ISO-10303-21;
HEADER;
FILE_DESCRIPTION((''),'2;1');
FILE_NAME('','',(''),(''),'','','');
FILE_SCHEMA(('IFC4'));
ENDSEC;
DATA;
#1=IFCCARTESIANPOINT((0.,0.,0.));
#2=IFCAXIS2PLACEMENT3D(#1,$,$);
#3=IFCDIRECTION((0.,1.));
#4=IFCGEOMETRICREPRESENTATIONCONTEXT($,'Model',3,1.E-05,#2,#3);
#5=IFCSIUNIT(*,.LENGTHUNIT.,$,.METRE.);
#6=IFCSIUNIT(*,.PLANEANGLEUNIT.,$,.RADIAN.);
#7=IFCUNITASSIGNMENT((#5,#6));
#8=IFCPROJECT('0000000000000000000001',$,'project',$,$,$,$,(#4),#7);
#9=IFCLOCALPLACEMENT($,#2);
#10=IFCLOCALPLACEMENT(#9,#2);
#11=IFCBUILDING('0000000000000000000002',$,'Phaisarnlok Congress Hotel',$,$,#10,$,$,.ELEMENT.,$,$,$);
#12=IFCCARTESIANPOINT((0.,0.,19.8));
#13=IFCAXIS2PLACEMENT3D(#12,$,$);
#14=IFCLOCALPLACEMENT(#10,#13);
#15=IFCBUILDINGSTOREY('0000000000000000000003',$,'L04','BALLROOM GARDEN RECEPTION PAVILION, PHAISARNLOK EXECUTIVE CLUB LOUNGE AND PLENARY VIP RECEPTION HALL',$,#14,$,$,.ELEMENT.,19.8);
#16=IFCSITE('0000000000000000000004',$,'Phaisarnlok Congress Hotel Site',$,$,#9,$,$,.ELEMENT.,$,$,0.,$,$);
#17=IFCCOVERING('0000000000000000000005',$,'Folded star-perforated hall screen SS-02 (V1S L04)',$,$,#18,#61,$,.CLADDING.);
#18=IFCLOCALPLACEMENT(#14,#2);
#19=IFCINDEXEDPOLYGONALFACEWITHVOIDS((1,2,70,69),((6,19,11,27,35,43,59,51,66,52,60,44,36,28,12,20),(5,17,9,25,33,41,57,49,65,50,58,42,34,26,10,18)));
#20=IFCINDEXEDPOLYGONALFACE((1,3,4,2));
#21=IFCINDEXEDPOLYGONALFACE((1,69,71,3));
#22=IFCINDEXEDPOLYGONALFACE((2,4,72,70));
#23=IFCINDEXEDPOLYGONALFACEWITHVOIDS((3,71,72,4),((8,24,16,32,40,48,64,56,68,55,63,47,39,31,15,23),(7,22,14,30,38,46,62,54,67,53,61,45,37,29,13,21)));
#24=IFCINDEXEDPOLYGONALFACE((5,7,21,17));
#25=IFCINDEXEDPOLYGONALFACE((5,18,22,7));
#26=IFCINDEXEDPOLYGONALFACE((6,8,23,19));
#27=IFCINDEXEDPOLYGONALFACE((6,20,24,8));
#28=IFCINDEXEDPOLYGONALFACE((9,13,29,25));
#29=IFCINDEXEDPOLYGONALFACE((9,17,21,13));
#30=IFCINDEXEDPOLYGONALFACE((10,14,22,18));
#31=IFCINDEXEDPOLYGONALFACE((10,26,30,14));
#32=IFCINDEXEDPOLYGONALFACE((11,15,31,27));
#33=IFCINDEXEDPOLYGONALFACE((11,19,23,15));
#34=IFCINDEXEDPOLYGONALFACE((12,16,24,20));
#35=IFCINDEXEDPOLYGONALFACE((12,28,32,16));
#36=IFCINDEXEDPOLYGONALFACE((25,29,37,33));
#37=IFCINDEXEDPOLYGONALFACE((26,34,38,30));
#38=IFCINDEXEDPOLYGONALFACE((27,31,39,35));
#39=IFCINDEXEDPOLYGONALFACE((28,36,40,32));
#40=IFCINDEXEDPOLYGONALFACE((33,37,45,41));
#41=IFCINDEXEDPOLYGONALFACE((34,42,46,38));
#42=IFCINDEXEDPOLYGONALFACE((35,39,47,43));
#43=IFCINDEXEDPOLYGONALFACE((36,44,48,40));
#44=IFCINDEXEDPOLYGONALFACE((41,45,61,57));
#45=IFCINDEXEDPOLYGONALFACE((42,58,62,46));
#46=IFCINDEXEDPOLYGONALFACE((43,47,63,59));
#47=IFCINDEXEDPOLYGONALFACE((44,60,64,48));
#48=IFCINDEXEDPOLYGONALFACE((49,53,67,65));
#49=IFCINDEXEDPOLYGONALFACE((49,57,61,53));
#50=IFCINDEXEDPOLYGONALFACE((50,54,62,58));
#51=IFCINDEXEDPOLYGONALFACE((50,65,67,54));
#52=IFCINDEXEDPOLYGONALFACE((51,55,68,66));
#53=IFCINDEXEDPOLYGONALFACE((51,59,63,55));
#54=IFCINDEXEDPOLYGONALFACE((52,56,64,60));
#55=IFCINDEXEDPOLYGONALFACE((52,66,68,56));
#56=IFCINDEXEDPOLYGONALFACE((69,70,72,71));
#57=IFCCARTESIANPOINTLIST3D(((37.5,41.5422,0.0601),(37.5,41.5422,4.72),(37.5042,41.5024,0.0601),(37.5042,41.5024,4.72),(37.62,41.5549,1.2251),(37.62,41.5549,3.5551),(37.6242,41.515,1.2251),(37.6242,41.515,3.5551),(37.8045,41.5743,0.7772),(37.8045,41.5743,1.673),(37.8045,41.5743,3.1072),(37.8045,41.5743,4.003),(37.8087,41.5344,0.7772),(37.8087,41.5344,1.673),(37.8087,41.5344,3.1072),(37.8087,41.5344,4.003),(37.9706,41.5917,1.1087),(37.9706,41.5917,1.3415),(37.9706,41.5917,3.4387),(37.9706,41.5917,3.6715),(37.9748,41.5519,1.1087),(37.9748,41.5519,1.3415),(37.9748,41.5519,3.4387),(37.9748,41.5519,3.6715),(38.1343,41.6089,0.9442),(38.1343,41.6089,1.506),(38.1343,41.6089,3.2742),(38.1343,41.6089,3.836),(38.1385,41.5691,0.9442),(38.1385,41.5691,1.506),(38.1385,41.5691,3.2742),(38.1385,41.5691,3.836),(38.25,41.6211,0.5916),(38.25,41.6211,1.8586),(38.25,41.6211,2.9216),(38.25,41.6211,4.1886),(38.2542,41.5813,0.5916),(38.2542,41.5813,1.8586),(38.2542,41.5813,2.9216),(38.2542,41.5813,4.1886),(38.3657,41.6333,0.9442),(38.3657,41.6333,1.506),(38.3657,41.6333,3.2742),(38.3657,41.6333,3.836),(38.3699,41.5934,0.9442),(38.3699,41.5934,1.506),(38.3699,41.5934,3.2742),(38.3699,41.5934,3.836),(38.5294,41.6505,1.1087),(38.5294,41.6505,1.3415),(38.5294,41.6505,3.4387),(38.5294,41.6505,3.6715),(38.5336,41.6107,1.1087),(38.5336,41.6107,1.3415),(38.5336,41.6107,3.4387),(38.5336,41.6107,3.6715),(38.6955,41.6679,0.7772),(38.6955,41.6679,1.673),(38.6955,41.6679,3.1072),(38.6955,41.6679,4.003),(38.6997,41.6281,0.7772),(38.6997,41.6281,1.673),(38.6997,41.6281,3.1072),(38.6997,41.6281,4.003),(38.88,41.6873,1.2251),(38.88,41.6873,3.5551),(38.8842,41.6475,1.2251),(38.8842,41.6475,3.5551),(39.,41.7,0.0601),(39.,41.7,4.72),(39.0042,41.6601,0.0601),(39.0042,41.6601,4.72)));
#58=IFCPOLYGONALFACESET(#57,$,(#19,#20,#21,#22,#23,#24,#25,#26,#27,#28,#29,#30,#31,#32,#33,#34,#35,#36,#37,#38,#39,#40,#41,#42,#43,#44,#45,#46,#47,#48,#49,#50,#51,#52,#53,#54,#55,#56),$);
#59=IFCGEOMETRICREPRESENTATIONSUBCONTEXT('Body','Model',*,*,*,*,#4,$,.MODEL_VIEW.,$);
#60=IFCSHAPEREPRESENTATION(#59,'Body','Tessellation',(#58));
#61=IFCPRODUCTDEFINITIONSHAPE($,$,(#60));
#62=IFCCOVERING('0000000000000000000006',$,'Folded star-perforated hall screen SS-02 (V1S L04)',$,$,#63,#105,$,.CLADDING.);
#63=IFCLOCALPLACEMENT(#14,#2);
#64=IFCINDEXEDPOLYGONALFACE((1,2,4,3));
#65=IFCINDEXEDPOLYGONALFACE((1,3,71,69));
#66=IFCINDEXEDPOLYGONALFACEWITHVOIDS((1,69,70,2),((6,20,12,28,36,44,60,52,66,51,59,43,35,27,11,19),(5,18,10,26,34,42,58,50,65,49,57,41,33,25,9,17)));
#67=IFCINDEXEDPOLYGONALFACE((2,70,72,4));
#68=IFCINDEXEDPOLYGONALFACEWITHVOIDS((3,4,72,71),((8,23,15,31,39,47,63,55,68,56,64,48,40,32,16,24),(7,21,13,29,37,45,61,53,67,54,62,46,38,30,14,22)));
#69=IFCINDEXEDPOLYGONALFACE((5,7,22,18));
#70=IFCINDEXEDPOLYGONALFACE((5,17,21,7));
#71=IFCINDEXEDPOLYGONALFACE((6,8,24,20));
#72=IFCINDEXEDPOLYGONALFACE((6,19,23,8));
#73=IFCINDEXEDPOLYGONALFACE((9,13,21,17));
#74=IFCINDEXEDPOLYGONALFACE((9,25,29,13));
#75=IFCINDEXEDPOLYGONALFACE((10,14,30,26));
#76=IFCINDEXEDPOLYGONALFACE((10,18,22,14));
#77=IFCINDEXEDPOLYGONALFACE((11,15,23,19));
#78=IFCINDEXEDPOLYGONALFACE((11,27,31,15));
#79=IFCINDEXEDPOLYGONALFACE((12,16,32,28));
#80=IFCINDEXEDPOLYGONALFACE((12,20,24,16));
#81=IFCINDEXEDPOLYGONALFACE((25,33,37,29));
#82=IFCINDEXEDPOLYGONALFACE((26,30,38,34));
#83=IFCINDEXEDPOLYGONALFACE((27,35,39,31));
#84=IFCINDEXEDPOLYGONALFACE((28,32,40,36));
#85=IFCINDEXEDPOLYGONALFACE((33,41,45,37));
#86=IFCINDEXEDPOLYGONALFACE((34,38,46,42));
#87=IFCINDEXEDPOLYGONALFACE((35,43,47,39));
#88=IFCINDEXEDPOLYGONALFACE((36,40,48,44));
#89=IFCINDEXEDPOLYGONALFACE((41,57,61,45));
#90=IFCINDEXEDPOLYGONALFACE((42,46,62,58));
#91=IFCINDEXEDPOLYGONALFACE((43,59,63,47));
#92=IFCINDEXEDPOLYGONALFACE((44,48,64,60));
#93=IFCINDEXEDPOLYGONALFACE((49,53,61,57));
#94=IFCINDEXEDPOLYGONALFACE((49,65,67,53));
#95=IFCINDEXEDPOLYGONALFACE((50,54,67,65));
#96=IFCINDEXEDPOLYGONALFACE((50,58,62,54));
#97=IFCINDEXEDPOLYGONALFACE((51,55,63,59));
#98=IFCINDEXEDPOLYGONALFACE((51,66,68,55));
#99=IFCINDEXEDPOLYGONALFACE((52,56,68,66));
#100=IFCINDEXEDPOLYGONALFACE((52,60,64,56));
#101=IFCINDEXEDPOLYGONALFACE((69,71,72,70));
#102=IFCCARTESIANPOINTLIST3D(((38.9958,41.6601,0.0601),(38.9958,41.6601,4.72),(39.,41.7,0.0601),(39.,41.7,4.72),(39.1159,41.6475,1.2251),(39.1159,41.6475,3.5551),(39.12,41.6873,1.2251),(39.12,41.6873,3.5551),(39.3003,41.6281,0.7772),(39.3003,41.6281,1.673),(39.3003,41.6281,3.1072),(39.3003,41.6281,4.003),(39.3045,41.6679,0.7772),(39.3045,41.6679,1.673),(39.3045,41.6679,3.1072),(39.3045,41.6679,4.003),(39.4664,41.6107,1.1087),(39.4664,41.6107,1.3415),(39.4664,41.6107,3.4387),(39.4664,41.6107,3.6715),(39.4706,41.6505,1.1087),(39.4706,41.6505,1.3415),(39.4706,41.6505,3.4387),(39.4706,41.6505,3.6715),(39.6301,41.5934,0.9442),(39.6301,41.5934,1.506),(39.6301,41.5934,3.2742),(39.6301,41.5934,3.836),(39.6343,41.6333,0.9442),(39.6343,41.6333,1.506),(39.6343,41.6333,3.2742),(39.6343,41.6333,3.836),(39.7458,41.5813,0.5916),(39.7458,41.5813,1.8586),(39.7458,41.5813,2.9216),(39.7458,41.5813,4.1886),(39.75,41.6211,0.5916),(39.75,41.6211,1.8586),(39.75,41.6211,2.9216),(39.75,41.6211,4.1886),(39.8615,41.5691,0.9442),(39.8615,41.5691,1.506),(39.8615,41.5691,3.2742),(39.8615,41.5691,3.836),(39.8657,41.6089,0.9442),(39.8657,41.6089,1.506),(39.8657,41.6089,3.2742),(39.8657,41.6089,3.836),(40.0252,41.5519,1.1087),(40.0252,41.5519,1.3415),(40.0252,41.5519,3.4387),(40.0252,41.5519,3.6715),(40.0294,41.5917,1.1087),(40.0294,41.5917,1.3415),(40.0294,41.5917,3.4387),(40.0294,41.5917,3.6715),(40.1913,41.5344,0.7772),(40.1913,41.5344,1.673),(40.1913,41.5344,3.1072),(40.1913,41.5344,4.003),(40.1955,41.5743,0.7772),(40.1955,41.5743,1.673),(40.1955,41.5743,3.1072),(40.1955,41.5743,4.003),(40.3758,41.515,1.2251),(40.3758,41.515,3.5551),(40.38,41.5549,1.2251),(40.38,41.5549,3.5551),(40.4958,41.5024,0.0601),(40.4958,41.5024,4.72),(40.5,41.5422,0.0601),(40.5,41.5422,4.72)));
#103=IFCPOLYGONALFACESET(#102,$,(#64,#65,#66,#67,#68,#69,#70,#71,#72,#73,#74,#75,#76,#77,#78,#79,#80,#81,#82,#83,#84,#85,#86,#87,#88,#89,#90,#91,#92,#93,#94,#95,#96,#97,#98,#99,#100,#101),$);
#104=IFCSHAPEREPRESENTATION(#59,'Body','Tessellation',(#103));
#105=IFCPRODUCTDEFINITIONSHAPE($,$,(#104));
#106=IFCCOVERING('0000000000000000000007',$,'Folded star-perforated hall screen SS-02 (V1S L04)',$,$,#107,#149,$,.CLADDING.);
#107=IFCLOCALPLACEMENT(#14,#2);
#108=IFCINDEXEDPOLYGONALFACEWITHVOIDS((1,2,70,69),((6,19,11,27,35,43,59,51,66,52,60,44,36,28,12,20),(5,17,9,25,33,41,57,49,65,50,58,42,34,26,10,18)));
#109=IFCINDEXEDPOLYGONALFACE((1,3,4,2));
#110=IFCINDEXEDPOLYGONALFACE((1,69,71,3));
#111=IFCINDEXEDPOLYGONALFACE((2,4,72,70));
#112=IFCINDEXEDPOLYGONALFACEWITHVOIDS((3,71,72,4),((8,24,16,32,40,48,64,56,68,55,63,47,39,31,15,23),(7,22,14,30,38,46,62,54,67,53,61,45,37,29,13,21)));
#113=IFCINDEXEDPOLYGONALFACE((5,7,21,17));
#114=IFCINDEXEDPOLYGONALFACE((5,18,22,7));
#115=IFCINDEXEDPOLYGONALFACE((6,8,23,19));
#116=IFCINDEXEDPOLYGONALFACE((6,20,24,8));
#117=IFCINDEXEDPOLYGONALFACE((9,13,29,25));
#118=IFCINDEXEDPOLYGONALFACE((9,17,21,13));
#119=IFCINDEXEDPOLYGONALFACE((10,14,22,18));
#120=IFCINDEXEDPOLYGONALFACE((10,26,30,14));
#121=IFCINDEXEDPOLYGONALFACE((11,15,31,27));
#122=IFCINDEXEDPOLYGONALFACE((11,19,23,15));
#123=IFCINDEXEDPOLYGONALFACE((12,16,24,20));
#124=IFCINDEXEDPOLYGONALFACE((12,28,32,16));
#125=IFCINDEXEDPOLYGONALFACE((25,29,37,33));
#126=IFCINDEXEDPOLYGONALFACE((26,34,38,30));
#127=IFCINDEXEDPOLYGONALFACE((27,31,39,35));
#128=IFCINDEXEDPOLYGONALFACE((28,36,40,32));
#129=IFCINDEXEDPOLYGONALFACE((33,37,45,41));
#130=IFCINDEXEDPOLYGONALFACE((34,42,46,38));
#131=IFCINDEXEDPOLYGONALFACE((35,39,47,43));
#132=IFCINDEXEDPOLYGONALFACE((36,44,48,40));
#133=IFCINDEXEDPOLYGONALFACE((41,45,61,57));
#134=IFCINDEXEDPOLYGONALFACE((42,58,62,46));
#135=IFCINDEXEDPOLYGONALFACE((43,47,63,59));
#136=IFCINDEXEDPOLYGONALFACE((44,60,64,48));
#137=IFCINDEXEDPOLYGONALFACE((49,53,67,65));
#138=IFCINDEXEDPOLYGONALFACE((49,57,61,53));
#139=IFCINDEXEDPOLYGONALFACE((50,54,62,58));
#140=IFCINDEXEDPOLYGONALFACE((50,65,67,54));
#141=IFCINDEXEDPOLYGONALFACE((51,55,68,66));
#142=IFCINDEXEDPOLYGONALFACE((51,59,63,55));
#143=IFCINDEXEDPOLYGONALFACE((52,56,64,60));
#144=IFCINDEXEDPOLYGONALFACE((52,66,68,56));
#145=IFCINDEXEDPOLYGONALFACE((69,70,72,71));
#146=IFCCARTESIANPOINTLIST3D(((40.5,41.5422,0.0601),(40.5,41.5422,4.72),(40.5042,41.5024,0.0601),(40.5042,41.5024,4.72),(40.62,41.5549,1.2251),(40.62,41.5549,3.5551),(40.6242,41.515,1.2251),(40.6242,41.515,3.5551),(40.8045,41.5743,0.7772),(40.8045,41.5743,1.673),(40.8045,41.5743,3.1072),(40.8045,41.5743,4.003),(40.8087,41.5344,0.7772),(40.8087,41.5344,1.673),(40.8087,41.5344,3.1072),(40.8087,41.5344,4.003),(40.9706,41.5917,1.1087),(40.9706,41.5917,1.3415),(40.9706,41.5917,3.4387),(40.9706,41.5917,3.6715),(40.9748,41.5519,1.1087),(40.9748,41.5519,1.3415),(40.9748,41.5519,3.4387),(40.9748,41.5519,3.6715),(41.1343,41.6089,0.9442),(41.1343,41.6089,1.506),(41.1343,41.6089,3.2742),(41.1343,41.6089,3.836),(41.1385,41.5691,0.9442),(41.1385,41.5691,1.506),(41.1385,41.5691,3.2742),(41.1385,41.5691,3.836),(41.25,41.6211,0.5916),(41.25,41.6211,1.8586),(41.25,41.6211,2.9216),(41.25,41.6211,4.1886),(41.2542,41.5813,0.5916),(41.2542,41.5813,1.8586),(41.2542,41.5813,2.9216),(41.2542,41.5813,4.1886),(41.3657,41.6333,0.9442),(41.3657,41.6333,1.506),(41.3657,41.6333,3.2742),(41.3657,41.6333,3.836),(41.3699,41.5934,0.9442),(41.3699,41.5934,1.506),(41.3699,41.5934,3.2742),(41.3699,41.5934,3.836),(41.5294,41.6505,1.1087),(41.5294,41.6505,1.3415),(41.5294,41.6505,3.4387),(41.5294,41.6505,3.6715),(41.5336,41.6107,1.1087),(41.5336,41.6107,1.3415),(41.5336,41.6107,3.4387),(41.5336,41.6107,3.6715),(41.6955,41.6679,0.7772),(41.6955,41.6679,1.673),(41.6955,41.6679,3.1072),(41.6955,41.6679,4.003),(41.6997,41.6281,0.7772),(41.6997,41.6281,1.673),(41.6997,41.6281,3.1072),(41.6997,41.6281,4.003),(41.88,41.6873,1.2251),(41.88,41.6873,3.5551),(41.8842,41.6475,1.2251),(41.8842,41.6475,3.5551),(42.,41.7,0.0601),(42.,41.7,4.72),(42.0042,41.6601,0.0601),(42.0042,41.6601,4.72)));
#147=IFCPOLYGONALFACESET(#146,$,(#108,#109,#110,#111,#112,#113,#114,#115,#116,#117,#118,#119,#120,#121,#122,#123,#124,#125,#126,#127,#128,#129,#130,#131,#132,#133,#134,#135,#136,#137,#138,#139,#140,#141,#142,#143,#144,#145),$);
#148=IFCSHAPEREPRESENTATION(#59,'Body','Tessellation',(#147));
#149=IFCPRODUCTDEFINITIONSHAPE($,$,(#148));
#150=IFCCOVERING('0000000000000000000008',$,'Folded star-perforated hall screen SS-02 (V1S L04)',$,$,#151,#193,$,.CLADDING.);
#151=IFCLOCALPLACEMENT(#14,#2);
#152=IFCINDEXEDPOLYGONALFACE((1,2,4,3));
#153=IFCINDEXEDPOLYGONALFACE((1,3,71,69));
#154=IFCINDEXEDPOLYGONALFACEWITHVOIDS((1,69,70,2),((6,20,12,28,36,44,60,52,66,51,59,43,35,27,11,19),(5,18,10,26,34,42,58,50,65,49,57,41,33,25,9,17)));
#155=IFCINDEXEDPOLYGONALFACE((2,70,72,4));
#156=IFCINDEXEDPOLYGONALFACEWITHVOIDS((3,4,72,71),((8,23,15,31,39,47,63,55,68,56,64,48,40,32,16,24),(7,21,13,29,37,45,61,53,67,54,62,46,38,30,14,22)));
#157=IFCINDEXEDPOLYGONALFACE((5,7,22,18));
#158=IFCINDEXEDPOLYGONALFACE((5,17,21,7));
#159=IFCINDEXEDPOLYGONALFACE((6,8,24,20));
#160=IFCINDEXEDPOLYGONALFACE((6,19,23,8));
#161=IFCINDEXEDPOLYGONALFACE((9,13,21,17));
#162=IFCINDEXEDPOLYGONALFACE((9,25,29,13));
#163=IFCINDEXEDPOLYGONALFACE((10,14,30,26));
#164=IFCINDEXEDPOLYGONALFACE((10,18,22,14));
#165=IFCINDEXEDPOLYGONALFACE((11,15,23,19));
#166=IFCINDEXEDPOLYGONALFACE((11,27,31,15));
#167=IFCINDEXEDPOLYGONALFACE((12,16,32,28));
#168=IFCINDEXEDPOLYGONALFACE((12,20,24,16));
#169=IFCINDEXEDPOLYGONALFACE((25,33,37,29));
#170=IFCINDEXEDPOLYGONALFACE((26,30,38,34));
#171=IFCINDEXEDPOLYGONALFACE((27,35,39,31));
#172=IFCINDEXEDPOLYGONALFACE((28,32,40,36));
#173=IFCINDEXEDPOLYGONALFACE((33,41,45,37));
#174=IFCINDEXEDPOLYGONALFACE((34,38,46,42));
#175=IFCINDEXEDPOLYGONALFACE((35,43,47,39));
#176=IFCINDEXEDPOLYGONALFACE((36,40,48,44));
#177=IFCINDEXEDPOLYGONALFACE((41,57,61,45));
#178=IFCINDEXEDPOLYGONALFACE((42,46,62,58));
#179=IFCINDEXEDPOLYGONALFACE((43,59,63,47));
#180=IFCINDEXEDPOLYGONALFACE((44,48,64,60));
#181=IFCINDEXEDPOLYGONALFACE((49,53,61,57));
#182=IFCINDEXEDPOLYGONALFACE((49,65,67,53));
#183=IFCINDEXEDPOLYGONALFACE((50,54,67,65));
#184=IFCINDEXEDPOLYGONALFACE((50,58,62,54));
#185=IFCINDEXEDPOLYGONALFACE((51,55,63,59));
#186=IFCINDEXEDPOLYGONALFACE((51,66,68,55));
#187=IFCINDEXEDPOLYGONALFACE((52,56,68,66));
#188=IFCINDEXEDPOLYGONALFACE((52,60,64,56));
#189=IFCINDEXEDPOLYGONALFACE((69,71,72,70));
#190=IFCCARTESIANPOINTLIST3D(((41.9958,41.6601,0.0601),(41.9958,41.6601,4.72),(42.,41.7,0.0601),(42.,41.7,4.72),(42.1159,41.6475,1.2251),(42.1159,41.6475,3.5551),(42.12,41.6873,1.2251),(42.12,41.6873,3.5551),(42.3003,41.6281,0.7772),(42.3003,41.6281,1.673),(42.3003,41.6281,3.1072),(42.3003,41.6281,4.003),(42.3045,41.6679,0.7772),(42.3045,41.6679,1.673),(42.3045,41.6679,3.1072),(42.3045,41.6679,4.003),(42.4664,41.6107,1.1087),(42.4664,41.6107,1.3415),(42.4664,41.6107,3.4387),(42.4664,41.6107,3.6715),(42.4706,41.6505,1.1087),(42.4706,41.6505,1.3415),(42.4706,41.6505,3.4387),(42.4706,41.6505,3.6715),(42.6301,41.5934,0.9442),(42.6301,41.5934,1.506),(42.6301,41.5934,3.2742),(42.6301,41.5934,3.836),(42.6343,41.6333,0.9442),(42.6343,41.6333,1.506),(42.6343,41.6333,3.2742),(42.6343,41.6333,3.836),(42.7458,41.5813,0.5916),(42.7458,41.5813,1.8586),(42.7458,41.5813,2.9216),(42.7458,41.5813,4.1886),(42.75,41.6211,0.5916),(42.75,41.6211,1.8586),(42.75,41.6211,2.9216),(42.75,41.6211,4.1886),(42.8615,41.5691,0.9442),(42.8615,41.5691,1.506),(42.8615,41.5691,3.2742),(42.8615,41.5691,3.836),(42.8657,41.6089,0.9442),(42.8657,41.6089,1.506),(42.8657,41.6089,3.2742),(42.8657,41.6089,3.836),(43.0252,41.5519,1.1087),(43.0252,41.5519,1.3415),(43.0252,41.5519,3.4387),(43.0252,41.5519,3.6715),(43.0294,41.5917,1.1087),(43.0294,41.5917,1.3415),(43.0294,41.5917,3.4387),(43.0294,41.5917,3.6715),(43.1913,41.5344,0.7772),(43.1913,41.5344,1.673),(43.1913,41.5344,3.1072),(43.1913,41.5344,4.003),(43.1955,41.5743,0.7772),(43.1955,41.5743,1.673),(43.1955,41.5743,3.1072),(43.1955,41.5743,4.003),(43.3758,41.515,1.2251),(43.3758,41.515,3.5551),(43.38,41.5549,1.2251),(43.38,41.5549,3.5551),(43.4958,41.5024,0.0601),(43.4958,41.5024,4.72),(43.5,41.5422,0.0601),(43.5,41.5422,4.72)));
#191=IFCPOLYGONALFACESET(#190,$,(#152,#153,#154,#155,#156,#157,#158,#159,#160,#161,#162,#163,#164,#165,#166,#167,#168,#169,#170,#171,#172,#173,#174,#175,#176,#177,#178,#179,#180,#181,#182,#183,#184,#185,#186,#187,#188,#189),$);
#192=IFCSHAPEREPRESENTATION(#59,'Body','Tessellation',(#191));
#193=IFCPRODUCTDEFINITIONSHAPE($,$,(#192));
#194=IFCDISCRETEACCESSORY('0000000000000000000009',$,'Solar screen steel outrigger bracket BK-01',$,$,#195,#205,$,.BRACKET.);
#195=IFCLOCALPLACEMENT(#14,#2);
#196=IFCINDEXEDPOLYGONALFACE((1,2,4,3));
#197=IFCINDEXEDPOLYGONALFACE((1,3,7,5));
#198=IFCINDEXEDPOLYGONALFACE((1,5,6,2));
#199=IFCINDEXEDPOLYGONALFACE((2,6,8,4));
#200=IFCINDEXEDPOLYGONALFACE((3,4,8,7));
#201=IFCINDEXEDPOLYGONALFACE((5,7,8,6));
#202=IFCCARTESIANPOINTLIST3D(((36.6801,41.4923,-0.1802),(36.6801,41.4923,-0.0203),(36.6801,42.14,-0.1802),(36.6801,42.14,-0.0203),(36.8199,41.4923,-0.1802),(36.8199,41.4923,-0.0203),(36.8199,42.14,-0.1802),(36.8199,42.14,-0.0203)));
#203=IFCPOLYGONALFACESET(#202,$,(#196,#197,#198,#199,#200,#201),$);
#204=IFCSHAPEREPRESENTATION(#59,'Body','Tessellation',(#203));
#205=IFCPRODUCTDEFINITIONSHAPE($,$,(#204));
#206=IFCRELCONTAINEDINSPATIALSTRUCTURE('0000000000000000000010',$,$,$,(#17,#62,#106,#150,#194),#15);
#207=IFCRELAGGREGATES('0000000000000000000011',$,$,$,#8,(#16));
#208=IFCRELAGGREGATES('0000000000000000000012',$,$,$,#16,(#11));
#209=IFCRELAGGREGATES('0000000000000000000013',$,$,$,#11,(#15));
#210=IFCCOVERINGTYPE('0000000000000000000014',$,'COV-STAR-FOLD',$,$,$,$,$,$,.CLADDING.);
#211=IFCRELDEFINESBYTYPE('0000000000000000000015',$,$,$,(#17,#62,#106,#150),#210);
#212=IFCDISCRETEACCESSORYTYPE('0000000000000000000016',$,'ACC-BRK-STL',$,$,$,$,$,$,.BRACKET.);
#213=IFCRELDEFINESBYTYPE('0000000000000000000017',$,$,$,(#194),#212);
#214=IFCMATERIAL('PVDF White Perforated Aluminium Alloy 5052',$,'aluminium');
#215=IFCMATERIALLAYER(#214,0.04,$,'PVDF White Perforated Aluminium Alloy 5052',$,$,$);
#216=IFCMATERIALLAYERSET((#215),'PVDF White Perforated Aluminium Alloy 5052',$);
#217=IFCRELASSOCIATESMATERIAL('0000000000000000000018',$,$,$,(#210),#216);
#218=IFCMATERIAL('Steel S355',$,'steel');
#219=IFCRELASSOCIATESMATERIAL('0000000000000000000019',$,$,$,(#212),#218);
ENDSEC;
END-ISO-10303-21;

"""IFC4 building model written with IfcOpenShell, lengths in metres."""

from ifc_helpers import new_model, si_unit, direction, frame, origin, origin_2d, place, context, subcontext, project, spatial, polyline, rectangle, outline, extrude, material, layer, layer_set, type_object, element, save


model = new_model("IFC4")

# Units and contexts
model_context = context("Model", 3, precision=1e-05, world=origin(), true_north=direction((0.0, 1.0)))
body_context = subcontext(model_context, "Body", "Model", "MODEL_VIEW")
ifc_project = project(units=[si_unit("LENGTHUNIT", "METRE"), si_unit("PLANEANGLEUNIT", "RADIAN")], contexts=[model_context])

# Site, building, storey
site_placement = place(None, origin())
site = spatial("IfcSite", under=ifc_project, at=site_placement, Name="Phaisarnlok Congress Hotel Site", CompositionType="ELEMENT", RefElevation=0.0)
building_placement = place(site_placement, origin())
building = spatial("IfcBuilding", under=site, at=building_placement, Name="Phaisarnlok Congress Hotel", CompositionType="ELEMENT")
storey_placement = place(building_placement, frame((0.0, 0.0, 19.8)))
storey = spatial("IfcBuildingStorey", under=building, at=storey_placement, Name="L04", Description="BALLROOM GARDEN RECEPTION PAVILION, PHAISARNLOK EXECUTIVE CLUB LOUNGE AND PLENARY VIP RECEPTION HALL", CompositionType="ELEMENT", Elevation=19.8)

# Shared definitions
ifc_material_1 = material(Name="Steel S355", Category="steel")

# Coverings
ifc_material_2 = material(Name="PVDF White Perforated Aluminium Alloy 5052", Category="aluminium")
ifc_layer_1 = layer(ifc_material_2, 0.04, Name="PVDF White Perforated Aluminium Alloy 5052")
ifc_layer_set_1 = layer_set([ifc_layer_1], Name="PVDF White Perforated Aluminium Alloy 5052")
covering_type = type_object("IfcCoveringType", Name="COV-STAR-FOLD", PredefinedType="CLADDING", material=ifc_layer_set_1)
for number, where, z_axis, x_axis, name in (
    (1, (37.5, 41.5422, 0.0601), (0.104567, -0.994518, 0.0), (0.994518, 0.104567, 0.0), "Folded star-perforated hall screen SS-02 (V1S L04)"),
    (2, (39.0, 41.7, 0.0601), (-0.104567, -0.994518, 0.0), (0.994518, -0.104567, 0.0), "Folded star-perforated hall screen SS-02 (V1S L04)"),
    (3, (40.5, 41.5422, 0.0601), (0.104567, -0.994518, 0.0), (0.994518, 0.104567, 0.0), "Folded star-perforated hall screen SS-02 (V1S L04)"),
    (4, (42.0, 41.7, 0.0601), (-0.104567, -0.994518, 0.0), (0.994518, -0.104567, 0.0), "Folded star-perforated hall screen SS-02 (V1S L04)"),
):
    element("IfcCovering", number, at=place(storey_placement, frame(where, z_axis=z_axis, x_axis=x_axis)), inside=storey, type_object=covering_type, Name=name, PredefinedType="CLADDING", context=body_context, shape_type="SweptSolid", body=[
        extrude(outline(polyline([(0.0, 0.0), (1.5083, 0.0), (1.5083, 4.6599), (0.0, 4.6599), (0.0, 0.0)]), holes=[polyline([(1.0351, 1.0486), (1.2021, 0.7171), (0.8705, 0.8841), (0.7541, 0.5315), (0.6378, 0.8841), (0.3062, 0.7171), (0.4732, 1.0486), (0.1207, 1.165), (0.4732, 1.2814), (0.3062, 1.6129), (0.6378, 1.4459), (0.7541, 1.7985), (0.8705, 1.4459), (1.2021, 1.6129), (1.0351, 1.2814), (1.3876, 1.165), (1.0351, 1.0486)]), polyline([(1.0351, 3.3786), (1.2021, 3.0471), (0.8705, 3.2141), (0.7541, 2.8615), (0.6378, 3.2141), (0.3062, 3.0471), (0.4732, 3.3786), (0.1207, 3.495), (0.4732, 3.6114), (0.3062, 3.9429), (0.6378, 3.7759), (0.7541, 4.1285), (0.8705, 3.7759), (1.2021, 3.9429), (1.0351, 3.6114), (1.3876, 3.495), (1.0351, 3.3786)])]), origin(), (0.0, 0.0, 1.0), 0.04),
    ])

# Discrete accessory
discrete_accessory_type = type_object("IfcDiscreteAccessoryType", Name="ACC-BRK-STL", PredefinedType="BRACKET", material=ifc_material_1)
for number, where, z_axis, x_axis, name in (
    (5, (36.75, 41.8162, -0.1802), (0.0, 0.0, 1.0), (1.0, 0.0, 0.0), "Solar screen steel outrigger bracket BK-01"),
):
    element("IfcDiscreteAccessory", number, at=place(storey_placement, frame(where, z_axis=z_axis, x_axis=x_axis)), inside=storey, type_object=discrete_accessory_type, Name=name, PredefinedType="BRACKET", context=body_context, shape_type="SweptSolid", body=[
        extrude(rectangle(XDim=0.1399, YDim=0.6477, at=origin_2d()), origin(), (0.0, 0.0, 1.0), 0.1599),
    ])

save(model, "model.ifc")
